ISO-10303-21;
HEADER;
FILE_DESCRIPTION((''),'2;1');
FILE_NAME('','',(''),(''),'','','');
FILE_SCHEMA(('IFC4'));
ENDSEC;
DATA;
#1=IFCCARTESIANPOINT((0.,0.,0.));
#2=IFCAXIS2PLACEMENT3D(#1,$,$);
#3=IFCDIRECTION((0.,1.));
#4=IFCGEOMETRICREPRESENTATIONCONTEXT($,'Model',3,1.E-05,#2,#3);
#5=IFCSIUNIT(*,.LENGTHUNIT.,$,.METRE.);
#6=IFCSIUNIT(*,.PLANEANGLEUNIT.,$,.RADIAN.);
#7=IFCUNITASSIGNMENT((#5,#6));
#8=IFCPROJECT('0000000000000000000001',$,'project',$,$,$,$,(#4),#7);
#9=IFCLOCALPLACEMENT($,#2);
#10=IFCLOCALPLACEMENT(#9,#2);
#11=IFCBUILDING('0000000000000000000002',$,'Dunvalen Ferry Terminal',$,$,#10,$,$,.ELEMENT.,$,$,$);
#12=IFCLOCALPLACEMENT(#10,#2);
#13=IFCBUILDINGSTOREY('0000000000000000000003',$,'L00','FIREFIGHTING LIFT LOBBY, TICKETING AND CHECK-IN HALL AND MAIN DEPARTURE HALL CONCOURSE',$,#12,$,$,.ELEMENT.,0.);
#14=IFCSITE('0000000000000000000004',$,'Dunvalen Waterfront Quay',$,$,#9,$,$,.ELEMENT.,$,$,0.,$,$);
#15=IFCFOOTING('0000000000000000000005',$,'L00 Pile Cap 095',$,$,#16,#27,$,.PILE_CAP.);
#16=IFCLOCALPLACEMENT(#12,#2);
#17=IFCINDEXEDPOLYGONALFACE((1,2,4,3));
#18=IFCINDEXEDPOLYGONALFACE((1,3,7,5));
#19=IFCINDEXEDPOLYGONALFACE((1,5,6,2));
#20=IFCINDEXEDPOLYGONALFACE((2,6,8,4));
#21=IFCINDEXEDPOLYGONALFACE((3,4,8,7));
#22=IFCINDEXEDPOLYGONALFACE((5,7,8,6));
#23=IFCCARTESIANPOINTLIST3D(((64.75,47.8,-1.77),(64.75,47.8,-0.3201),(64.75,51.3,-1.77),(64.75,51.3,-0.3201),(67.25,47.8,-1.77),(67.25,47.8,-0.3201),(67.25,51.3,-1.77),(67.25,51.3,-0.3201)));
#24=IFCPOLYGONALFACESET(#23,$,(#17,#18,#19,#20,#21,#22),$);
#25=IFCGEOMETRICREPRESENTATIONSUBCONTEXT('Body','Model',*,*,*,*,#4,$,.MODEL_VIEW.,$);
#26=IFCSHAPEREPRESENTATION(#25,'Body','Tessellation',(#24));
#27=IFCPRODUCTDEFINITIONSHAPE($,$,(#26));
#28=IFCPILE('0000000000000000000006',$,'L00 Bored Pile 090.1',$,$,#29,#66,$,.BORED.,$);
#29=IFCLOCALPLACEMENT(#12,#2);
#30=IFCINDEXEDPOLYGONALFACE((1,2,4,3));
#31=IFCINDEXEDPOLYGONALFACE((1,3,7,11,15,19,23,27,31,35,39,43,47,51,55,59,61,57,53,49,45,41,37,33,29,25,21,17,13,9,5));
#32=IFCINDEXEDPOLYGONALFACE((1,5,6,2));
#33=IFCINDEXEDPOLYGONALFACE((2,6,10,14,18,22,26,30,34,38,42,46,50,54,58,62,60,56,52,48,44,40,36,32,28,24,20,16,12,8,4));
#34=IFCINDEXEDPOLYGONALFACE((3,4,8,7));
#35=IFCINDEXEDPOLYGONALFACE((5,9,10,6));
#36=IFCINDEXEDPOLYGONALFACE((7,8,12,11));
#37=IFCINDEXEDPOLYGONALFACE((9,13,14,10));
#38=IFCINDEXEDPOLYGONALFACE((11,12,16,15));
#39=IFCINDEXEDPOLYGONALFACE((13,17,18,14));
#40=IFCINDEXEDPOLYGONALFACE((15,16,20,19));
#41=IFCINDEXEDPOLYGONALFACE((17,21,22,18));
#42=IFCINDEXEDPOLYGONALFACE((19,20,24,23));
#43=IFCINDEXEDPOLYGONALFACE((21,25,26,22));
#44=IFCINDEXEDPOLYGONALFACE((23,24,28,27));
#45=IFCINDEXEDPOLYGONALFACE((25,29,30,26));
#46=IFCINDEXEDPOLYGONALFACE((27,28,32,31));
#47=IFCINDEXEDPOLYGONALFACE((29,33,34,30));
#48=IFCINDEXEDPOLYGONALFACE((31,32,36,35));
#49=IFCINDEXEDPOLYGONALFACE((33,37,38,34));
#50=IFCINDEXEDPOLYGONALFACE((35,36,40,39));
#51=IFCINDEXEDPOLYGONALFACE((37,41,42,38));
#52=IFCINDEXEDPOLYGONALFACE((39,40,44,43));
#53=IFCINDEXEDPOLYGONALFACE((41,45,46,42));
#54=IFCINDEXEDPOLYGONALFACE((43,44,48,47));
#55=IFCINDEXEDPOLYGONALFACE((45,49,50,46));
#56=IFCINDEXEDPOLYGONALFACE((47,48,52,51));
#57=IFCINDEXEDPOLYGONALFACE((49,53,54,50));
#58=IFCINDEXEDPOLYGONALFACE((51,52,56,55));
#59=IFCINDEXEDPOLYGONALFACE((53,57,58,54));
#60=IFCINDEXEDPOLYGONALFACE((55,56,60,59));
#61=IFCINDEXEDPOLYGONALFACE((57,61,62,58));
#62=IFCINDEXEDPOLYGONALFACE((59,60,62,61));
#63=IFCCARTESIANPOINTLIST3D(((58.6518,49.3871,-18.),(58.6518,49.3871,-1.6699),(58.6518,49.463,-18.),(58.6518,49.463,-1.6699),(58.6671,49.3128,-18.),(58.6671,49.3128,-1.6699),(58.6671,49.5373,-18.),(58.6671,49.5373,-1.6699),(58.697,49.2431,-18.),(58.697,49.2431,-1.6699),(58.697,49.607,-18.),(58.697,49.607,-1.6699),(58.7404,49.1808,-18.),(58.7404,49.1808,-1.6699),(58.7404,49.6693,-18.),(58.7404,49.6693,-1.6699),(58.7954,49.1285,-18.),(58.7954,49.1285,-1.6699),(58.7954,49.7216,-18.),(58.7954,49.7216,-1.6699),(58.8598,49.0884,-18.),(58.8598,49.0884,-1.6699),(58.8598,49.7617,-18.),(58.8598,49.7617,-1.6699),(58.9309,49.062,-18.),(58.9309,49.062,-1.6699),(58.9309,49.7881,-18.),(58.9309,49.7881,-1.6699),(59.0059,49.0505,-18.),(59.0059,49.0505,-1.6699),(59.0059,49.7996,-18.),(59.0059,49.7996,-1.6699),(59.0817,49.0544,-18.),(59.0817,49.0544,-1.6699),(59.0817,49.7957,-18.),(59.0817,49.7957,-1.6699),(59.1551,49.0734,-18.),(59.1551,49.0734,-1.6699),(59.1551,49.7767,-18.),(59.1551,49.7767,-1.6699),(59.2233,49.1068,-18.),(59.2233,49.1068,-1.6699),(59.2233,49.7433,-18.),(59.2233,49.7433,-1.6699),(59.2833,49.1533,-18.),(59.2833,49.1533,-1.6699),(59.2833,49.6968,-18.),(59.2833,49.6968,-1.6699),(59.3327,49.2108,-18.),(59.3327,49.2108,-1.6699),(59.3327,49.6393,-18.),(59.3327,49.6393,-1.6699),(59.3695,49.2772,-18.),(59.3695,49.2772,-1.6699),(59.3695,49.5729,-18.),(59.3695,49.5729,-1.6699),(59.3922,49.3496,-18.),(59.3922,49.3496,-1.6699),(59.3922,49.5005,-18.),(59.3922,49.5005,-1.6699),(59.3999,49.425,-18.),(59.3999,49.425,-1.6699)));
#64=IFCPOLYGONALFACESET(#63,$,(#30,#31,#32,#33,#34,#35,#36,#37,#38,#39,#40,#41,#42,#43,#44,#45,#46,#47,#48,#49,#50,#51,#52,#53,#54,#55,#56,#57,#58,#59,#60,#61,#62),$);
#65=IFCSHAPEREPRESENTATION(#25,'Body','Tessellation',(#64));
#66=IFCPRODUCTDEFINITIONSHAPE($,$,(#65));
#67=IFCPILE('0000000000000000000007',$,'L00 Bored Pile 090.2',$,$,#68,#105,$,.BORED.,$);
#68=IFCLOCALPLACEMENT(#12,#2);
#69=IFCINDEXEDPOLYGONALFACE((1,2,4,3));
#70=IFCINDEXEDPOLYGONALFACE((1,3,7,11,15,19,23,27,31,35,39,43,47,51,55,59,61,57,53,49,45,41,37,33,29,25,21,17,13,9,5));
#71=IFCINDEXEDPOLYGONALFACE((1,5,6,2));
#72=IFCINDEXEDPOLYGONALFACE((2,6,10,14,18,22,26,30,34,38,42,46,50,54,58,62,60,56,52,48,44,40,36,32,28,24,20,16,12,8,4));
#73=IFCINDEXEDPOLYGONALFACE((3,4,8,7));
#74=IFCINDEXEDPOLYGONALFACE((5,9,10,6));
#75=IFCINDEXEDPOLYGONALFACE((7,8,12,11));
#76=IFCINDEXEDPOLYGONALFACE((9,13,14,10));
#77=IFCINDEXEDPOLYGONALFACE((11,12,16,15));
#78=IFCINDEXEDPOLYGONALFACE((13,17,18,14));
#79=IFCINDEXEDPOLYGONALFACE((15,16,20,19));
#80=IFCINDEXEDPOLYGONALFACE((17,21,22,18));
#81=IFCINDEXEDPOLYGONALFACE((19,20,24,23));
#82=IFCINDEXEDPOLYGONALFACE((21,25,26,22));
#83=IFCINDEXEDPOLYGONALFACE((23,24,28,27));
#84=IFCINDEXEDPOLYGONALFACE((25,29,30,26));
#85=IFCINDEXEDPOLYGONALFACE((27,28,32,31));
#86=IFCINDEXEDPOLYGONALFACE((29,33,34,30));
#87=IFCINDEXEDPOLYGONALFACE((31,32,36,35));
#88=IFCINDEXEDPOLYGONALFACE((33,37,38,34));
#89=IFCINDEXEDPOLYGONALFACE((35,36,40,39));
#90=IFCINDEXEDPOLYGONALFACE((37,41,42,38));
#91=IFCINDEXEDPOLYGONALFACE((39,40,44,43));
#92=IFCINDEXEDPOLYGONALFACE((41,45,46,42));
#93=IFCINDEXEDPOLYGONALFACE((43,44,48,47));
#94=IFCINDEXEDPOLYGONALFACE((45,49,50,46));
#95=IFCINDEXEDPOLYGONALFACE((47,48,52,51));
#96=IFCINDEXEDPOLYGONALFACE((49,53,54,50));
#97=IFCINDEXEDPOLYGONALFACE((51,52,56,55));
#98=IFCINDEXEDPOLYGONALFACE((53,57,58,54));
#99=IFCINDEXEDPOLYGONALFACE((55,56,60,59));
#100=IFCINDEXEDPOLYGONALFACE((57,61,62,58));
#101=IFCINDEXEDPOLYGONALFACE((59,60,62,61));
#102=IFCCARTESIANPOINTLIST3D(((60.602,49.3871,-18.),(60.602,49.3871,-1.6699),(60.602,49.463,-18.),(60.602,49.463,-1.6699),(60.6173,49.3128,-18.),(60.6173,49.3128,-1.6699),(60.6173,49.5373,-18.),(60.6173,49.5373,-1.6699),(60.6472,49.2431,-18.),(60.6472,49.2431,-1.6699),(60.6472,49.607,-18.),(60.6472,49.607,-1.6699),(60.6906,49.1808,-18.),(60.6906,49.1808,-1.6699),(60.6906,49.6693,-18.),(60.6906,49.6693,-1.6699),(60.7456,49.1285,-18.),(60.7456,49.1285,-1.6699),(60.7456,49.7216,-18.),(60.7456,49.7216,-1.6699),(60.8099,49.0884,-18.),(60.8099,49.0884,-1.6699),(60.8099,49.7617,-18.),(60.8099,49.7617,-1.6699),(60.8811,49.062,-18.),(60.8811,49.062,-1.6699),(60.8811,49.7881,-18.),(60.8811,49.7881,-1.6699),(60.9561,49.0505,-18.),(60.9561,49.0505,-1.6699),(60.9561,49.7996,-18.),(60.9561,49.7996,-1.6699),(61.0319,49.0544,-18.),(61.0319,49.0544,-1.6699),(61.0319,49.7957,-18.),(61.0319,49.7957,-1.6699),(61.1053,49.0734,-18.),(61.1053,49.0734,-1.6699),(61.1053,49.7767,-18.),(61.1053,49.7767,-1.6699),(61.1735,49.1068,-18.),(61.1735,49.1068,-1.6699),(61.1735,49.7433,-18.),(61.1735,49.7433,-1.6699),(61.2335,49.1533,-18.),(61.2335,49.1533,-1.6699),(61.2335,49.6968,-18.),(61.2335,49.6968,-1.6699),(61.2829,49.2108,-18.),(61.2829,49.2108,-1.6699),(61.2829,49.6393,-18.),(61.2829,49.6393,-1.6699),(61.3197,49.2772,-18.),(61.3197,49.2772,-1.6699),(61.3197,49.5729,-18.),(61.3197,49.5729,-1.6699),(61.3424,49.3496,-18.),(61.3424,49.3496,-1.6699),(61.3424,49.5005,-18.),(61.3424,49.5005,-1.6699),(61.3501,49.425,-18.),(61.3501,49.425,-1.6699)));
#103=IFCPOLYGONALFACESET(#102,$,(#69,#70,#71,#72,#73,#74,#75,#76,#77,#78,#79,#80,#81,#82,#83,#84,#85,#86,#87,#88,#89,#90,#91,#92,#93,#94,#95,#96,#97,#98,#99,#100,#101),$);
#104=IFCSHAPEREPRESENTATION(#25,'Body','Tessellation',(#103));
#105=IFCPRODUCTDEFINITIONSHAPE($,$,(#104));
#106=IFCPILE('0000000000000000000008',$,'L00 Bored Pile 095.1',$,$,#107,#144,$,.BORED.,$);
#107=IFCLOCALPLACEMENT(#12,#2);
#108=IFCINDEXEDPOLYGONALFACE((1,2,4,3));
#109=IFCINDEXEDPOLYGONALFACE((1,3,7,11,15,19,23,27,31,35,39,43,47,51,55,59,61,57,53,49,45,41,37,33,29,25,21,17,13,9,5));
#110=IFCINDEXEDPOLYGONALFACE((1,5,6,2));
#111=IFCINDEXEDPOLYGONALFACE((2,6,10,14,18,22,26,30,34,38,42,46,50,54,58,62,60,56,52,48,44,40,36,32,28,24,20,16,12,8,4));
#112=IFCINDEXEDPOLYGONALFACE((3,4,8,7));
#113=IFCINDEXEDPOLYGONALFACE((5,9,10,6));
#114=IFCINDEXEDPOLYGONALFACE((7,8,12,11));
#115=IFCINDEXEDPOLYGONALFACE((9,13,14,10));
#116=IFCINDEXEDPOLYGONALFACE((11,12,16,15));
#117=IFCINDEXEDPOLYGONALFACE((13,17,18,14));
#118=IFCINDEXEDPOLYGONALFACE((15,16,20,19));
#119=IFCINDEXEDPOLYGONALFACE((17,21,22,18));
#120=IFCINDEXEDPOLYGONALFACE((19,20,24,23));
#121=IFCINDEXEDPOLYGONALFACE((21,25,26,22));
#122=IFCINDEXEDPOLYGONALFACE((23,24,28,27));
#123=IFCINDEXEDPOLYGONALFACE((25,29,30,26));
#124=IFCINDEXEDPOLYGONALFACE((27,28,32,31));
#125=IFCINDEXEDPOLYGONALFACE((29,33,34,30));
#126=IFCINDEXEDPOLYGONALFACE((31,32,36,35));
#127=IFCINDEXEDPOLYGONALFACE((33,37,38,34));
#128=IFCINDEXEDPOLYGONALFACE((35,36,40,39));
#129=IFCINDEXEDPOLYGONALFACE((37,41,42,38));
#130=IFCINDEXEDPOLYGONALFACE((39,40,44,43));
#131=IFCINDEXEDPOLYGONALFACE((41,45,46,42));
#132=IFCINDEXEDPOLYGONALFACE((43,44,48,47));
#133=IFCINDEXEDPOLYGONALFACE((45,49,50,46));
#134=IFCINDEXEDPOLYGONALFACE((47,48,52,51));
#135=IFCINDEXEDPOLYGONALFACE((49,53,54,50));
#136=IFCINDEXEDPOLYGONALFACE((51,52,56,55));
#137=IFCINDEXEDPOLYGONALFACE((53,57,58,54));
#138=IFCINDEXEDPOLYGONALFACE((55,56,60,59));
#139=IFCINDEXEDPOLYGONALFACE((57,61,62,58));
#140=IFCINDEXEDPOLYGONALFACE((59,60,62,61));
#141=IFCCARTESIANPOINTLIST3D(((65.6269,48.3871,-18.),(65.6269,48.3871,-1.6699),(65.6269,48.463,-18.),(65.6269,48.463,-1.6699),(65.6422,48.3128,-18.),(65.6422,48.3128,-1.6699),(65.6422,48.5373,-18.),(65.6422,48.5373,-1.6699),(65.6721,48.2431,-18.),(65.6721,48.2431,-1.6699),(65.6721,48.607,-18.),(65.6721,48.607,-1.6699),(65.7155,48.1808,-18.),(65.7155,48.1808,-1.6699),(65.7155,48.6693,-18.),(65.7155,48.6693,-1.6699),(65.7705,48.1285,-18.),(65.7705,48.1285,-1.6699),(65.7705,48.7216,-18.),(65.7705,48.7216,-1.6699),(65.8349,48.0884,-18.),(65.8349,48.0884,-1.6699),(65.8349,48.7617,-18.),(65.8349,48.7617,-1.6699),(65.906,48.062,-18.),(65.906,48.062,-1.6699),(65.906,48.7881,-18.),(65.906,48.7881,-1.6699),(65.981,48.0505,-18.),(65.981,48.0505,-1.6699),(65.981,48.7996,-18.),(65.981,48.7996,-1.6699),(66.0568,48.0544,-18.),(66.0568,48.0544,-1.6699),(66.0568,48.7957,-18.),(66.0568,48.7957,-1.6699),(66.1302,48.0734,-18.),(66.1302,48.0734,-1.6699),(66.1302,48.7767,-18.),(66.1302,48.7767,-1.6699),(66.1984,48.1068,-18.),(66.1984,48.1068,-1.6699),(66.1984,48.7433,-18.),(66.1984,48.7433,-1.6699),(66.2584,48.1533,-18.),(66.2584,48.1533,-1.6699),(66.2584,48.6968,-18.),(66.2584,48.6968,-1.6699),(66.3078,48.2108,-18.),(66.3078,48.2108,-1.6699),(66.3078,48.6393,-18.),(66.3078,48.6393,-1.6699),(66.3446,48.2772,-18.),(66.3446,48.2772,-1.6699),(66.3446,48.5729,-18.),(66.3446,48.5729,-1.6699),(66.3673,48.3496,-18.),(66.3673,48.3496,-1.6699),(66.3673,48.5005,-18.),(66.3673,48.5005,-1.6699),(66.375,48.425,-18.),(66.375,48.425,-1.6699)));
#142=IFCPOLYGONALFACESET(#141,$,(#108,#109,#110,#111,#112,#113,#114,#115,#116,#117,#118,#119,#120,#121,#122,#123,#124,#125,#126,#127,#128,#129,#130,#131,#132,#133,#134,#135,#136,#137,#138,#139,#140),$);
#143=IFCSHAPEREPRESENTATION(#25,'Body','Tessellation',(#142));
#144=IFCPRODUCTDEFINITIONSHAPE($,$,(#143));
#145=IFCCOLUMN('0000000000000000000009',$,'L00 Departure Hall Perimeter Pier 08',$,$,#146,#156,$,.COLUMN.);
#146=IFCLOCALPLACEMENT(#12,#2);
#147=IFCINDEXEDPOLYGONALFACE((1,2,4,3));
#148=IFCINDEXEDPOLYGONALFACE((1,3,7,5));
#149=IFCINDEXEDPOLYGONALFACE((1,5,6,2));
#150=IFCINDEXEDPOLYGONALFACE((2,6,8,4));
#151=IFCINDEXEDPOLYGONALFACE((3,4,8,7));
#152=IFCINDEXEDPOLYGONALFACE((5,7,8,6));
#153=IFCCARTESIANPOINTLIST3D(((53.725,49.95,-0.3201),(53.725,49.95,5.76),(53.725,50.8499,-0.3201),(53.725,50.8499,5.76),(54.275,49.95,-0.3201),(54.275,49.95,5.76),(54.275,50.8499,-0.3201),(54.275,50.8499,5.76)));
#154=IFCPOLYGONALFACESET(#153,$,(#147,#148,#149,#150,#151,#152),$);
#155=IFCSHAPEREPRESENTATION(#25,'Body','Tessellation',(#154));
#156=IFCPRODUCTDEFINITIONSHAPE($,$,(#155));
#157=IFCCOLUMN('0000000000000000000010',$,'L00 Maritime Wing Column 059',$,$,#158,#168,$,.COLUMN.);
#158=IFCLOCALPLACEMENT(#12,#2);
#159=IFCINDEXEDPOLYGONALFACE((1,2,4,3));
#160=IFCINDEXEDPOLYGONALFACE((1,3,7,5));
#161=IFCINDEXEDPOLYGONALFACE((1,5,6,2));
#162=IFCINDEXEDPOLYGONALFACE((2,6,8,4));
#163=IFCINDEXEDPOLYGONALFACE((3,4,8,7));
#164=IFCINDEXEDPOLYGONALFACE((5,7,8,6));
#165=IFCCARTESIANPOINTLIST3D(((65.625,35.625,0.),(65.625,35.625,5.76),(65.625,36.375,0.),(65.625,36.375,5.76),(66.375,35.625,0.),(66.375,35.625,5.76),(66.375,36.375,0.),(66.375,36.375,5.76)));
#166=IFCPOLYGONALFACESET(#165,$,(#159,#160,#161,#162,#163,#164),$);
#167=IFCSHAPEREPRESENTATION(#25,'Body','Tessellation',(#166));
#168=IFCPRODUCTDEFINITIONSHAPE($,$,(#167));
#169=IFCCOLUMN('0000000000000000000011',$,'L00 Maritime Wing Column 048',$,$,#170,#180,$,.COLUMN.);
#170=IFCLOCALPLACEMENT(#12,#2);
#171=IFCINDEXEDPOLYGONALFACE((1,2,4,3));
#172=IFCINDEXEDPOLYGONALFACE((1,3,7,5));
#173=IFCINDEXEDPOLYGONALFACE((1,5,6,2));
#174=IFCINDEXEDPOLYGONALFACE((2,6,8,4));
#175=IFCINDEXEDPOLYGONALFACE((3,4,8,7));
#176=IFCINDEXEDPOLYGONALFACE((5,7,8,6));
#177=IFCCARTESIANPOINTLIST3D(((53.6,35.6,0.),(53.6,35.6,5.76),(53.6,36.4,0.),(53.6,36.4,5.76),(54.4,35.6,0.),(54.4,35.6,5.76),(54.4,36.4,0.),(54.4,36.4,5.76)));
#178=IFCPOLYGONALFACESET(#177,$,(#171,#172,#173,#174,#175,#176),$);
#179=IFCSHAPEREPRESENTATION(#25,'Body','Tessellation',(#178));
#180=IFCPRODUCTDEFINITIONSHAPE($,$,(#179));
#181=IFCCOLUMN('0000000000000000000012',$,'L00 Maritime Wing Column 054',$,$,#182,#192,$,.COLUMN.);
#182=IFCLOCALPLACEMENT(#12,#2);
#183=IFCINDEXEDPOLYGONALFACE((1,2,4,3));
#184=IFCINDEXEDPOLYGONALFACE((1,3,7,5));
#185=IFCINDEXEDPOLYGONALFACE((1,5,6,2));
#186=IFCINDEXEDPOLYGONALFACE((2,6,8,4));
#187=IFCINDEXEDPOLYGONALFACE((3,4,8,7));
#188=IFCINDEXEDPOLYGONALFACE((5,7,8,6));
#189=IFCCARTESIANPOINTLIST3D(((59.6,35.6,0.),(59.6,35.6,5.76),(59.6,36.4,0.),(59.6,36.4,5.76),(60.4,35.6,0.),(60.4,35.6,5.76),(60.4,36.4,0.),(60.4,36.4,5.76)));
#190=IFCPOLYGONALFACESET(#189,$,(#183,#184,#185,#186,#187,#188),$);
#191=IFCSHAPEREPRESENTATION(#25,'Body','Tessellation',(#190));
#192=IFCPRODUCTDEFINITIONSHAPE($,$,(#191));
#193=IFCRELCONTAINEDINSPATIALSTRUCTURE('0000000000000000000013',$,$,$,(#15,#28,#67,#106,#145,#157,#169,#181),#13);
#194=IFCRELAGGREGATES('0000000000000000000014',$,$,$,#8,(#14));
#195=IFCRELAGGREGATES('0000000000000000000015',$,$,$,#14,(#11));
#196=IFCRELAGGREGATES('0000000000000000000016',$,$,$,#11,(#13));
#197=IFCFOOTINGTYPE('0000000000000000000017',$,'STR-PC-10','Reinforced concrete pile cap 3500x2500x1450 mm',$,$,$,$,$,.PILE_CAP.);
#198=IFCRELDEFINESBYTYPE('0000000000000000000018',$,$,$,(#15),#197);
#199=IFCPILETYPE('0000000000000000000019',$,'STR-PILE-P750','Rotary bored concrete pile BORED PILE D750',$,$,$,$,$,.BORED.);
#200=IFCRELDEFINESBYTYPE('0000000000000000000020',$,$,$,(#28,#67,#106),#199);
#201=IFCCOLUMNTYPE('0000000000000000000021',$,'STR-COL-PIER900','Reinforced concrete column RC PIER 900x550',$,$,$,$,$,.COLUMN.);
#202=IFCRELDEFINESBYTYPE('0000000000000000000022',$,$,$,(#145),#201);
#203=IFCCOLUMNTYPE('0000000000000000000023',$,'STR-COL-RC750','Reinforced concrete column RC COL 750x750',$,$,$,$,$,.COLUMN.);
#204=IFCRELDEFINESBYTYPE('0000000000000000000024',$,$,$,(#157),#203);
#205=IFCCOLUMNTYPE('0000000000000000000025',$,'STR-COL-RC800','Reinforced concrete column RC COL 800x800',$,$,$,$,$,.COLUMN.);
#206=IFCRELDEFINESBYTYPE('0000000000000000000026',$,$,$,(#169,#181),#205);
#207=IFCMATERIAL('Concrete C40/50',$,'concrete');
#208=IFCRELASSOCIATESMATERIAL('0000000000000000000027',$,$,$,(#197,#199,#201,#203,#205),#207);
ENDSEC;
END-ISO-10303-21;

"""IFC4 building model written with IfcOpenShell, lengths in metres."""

from ifc_helpers import new_model, si_unit, direction, frame, origin, origin_2d, place, context, subcontext, project, spatial, rectangle, circle, extrude, material, material_profile, profile_set, type_object, element, save


model = new_model("IFC4")

# Units and contexts
model_context = context("Model", 3, precision=1e-05, world=origin(), true_north=direction((0.0, 1.0)))
body_context = subcontext(model_context, "Body", "Model", "MODEL_VIEW")
ifc_project = project(units=[si_unit("LENGTHUNIT", "METRE"), si_unit("PLANEANGLEUNIT", "RADIAN")], contexts=[model_context])

# Site, building, storey
site_placement = place(None, origin())
site = spatial("IfcSite", under=ifc_project, at=site_placement, Name="Dunvalen Waterfront Quay", CompositionType="ELEMENT", RefElevation=0.0)
building_placement = place(site_placement, origin())
building = spatial("IfcBuilding", under=site, at=building_placement, Name="Dunvalen Ferry Terminal", CompositionType="ELEMENT")
storey_placement = place(building_placement, origin())
storey = spatial("IfcBuildingStorey", under=building, at=storey_placement, Name="L00", Description="FIREFIGHTING LIFT LOBBY, TICKETING AND CHECK-IN HALL AND MAIN DEPARTURE HALL CONCOURSE", CompositionType="ELEMENT", Elevation=0.0)

# Footing
ifc_material_1 = material(Name="Concrete C40/50", Category="concrete")
footing_type = type_object("IfcFootingType", Name="STR-PC-10", Description="Reinforced concrete pile cap 3500x2500x1450 mm", PredefinedType="PILE_CAP", material=ifc_material_1)
footing_placement = place(storey_placement, frame((66.0, 49.55, -1.77), z_axis=(0.0, 0.0, 1.0), x_axis=(0.0, 1.0, 0.0)))
element("IfcFooting", 1, at=footing_placement, inside=storey, type_object=footing_type, Name="L00 Pile Cap 095", PredefinedType="PILE_CAP", context=body_context, shape_type="SweptSolid", body=[
    extrude(rectangle(XDim=3.5, YDim=2.5, at=origin_2d()), origin(), (0.0, 0.0, 1.0), 1.45),
])

# Piles
ifc_material_profile_1 = material_profile(ifc_material_1, circle(Radius=0.375, at=origin_2d()), Name="Concrete C40/50")
ifc_profile_set_1 = profile_set([ifc_material_profile_1], Name="Concrete C40/50")
pile_type = type_object("IfcPileType", Name="STR-PILE-P750", Description="Rotary bored concrete pile BORED PILE D750", PredefinedType="BORED", material=ifc_profile_set_1)
for number, where, z_axis, x_axis, name in (
    (2, (59.0249, 49.425, -1.6699), (0.0, 0.0, -1.0), (1.0, 0.0, 0.0), "L00 Bored Pile 090.1"),
    (3, (60.9751, 49.425, -1.6699), (0.0, 0.0, -1.0), (1.0, 0.0, 0.0), "L00 Bored Pile 090.2"),
    (4, (66.0, 48.425, -1.6699), (0.0, 0.0, -1.0), (1.0, 0.0, 0.0), "L00 Bored Pile 095.1"),
):
    element("IfcPile", number, at=place(storey_placement, frame(where, z_axis=z_axis, x_axis=x_axis)), inside=storey, type_object=pile_type, Name=name, PredefinedType="BORED", context=body_context, shape_type="SweptSolid", body=[
        extrude(circle(Radius=0.375, at=origin_2d()), origin(), (0.0, 0.0, 1.0), 16.3301),
    ])

# Columns
ifc_material_profile_2 = material_profile(ifc_material_1, rectangle(XDim=0.55, YDim=0.8999, at=origin_2d()), Name="Concrete C40/50")
ifc_profile_set_2 = profile_set([ifc_material_profile_2], Name="Concrete C40/50")
column_type_1 = type_object("IfcColumnType", Name="STR-COL-PIER900", Description="Reinforced concrete column RC PIER 900x550", PredefinedType="COLUMN", material=ifc_profile_set_2)
column_1_placement = place(storey_placement, frame((54.0, 50.3999, -0.3201), z_axis=(0.0, 0.0, 1.0), x_axis=(1.0, 0.0, 0.0)))
element("IfcColumn", 5, at=column_1_placement, inside=storey, type_object=column_type_1, Name="L00 Departure Hall Perimeter Pier 08", PredefinedType="COLUMN", context=body_context, shape_type="SweptSolid", body=[
    extrude(rectangle(XDim=0.55, YDim=0.8999, at=origin_2d()), origin(), (0.0, 0.0, 1.0), 6.0801),
])
ifc_material_profile_3 = material_profile(ifc_material_1, rectangle(XDim=0.75, YDim=0.75, at=origin_2d()), Name="Concrete C40/50")
ifc_profile_set_3 = profile_set([ifc_material_profile_3], Name="Concrete C40/50")
column_type_2 = type_object("IfcColumnType", Name="STR-COL-RC750", Description="Reinforced concrete column RC COL 750x750", PredefinedType="COLUMN", material=ifc_profile_set_3)
column_2_placement = place(storey_placement, frame((66.0, 36.0, 0.0), z_axis=(0.0, 0.0, 1.0), x_axis=(1.0, 0.0, 0.0)))
element("IfcColumn", 6, at=column_2_placement, inside=storey, type_object=column_type_2, Name="L00 Maritime Wing Column 059", PredefinedType="COLUMN", context=body_context, shape_type="SweptSolid", body=[
    extrude(rectangle(XDim=0.75, YDim=0.75, at=origin_2d()), origin(), (0.0, 0.0, 1.0), 5.76),
])
ifc_material_profile_4 = material_profile(ifc_material_1, rectangle(XDim=0.8, YDim=0.8, at=origin_2d()), Name="Concrete C40/50")
ifc_profile_set_4 = profile_set([ifc_material_profile_4], Name="Concrete C40/50")
column_type_3 = type_object("IfcColumnType", Name="STR-COL-RC800", Description="Reinforced concrete column RC COL 800x800", PredefinedType="COLUMN", material=ifc_profile_set_4)
for number, where, z_axis, x_axis, name in (
    (7, (54.0, 36.0, 0.0), (0.0, 0.0, 1.0), (1.0, 0.0, 0.0), "L00 Maritime Wing Column 048"),
    (8, (60.0, 36.0, 0.0), (0.0, 0.0, 1.0), (1.0, 0.0, 0.0), "L00 Maritime Wing Column 054"),
):
    element("IfcColumn", number, at=place(storey_placement, frame(where, z_axis=z_axis, x_axis=x_axis)), inside=storey, type_object=column_type_3, Name=name, PredefinedType="COLUMN", context=body_context, shape_type="SweptSolid", body=[
        extrude(rectangle(XDim=0.8, YDim=0.8, at=origin_2d()), origin(), (0.0, 0.0, 1.0), 5.76),
    ])

save(model, "model.ifc")
